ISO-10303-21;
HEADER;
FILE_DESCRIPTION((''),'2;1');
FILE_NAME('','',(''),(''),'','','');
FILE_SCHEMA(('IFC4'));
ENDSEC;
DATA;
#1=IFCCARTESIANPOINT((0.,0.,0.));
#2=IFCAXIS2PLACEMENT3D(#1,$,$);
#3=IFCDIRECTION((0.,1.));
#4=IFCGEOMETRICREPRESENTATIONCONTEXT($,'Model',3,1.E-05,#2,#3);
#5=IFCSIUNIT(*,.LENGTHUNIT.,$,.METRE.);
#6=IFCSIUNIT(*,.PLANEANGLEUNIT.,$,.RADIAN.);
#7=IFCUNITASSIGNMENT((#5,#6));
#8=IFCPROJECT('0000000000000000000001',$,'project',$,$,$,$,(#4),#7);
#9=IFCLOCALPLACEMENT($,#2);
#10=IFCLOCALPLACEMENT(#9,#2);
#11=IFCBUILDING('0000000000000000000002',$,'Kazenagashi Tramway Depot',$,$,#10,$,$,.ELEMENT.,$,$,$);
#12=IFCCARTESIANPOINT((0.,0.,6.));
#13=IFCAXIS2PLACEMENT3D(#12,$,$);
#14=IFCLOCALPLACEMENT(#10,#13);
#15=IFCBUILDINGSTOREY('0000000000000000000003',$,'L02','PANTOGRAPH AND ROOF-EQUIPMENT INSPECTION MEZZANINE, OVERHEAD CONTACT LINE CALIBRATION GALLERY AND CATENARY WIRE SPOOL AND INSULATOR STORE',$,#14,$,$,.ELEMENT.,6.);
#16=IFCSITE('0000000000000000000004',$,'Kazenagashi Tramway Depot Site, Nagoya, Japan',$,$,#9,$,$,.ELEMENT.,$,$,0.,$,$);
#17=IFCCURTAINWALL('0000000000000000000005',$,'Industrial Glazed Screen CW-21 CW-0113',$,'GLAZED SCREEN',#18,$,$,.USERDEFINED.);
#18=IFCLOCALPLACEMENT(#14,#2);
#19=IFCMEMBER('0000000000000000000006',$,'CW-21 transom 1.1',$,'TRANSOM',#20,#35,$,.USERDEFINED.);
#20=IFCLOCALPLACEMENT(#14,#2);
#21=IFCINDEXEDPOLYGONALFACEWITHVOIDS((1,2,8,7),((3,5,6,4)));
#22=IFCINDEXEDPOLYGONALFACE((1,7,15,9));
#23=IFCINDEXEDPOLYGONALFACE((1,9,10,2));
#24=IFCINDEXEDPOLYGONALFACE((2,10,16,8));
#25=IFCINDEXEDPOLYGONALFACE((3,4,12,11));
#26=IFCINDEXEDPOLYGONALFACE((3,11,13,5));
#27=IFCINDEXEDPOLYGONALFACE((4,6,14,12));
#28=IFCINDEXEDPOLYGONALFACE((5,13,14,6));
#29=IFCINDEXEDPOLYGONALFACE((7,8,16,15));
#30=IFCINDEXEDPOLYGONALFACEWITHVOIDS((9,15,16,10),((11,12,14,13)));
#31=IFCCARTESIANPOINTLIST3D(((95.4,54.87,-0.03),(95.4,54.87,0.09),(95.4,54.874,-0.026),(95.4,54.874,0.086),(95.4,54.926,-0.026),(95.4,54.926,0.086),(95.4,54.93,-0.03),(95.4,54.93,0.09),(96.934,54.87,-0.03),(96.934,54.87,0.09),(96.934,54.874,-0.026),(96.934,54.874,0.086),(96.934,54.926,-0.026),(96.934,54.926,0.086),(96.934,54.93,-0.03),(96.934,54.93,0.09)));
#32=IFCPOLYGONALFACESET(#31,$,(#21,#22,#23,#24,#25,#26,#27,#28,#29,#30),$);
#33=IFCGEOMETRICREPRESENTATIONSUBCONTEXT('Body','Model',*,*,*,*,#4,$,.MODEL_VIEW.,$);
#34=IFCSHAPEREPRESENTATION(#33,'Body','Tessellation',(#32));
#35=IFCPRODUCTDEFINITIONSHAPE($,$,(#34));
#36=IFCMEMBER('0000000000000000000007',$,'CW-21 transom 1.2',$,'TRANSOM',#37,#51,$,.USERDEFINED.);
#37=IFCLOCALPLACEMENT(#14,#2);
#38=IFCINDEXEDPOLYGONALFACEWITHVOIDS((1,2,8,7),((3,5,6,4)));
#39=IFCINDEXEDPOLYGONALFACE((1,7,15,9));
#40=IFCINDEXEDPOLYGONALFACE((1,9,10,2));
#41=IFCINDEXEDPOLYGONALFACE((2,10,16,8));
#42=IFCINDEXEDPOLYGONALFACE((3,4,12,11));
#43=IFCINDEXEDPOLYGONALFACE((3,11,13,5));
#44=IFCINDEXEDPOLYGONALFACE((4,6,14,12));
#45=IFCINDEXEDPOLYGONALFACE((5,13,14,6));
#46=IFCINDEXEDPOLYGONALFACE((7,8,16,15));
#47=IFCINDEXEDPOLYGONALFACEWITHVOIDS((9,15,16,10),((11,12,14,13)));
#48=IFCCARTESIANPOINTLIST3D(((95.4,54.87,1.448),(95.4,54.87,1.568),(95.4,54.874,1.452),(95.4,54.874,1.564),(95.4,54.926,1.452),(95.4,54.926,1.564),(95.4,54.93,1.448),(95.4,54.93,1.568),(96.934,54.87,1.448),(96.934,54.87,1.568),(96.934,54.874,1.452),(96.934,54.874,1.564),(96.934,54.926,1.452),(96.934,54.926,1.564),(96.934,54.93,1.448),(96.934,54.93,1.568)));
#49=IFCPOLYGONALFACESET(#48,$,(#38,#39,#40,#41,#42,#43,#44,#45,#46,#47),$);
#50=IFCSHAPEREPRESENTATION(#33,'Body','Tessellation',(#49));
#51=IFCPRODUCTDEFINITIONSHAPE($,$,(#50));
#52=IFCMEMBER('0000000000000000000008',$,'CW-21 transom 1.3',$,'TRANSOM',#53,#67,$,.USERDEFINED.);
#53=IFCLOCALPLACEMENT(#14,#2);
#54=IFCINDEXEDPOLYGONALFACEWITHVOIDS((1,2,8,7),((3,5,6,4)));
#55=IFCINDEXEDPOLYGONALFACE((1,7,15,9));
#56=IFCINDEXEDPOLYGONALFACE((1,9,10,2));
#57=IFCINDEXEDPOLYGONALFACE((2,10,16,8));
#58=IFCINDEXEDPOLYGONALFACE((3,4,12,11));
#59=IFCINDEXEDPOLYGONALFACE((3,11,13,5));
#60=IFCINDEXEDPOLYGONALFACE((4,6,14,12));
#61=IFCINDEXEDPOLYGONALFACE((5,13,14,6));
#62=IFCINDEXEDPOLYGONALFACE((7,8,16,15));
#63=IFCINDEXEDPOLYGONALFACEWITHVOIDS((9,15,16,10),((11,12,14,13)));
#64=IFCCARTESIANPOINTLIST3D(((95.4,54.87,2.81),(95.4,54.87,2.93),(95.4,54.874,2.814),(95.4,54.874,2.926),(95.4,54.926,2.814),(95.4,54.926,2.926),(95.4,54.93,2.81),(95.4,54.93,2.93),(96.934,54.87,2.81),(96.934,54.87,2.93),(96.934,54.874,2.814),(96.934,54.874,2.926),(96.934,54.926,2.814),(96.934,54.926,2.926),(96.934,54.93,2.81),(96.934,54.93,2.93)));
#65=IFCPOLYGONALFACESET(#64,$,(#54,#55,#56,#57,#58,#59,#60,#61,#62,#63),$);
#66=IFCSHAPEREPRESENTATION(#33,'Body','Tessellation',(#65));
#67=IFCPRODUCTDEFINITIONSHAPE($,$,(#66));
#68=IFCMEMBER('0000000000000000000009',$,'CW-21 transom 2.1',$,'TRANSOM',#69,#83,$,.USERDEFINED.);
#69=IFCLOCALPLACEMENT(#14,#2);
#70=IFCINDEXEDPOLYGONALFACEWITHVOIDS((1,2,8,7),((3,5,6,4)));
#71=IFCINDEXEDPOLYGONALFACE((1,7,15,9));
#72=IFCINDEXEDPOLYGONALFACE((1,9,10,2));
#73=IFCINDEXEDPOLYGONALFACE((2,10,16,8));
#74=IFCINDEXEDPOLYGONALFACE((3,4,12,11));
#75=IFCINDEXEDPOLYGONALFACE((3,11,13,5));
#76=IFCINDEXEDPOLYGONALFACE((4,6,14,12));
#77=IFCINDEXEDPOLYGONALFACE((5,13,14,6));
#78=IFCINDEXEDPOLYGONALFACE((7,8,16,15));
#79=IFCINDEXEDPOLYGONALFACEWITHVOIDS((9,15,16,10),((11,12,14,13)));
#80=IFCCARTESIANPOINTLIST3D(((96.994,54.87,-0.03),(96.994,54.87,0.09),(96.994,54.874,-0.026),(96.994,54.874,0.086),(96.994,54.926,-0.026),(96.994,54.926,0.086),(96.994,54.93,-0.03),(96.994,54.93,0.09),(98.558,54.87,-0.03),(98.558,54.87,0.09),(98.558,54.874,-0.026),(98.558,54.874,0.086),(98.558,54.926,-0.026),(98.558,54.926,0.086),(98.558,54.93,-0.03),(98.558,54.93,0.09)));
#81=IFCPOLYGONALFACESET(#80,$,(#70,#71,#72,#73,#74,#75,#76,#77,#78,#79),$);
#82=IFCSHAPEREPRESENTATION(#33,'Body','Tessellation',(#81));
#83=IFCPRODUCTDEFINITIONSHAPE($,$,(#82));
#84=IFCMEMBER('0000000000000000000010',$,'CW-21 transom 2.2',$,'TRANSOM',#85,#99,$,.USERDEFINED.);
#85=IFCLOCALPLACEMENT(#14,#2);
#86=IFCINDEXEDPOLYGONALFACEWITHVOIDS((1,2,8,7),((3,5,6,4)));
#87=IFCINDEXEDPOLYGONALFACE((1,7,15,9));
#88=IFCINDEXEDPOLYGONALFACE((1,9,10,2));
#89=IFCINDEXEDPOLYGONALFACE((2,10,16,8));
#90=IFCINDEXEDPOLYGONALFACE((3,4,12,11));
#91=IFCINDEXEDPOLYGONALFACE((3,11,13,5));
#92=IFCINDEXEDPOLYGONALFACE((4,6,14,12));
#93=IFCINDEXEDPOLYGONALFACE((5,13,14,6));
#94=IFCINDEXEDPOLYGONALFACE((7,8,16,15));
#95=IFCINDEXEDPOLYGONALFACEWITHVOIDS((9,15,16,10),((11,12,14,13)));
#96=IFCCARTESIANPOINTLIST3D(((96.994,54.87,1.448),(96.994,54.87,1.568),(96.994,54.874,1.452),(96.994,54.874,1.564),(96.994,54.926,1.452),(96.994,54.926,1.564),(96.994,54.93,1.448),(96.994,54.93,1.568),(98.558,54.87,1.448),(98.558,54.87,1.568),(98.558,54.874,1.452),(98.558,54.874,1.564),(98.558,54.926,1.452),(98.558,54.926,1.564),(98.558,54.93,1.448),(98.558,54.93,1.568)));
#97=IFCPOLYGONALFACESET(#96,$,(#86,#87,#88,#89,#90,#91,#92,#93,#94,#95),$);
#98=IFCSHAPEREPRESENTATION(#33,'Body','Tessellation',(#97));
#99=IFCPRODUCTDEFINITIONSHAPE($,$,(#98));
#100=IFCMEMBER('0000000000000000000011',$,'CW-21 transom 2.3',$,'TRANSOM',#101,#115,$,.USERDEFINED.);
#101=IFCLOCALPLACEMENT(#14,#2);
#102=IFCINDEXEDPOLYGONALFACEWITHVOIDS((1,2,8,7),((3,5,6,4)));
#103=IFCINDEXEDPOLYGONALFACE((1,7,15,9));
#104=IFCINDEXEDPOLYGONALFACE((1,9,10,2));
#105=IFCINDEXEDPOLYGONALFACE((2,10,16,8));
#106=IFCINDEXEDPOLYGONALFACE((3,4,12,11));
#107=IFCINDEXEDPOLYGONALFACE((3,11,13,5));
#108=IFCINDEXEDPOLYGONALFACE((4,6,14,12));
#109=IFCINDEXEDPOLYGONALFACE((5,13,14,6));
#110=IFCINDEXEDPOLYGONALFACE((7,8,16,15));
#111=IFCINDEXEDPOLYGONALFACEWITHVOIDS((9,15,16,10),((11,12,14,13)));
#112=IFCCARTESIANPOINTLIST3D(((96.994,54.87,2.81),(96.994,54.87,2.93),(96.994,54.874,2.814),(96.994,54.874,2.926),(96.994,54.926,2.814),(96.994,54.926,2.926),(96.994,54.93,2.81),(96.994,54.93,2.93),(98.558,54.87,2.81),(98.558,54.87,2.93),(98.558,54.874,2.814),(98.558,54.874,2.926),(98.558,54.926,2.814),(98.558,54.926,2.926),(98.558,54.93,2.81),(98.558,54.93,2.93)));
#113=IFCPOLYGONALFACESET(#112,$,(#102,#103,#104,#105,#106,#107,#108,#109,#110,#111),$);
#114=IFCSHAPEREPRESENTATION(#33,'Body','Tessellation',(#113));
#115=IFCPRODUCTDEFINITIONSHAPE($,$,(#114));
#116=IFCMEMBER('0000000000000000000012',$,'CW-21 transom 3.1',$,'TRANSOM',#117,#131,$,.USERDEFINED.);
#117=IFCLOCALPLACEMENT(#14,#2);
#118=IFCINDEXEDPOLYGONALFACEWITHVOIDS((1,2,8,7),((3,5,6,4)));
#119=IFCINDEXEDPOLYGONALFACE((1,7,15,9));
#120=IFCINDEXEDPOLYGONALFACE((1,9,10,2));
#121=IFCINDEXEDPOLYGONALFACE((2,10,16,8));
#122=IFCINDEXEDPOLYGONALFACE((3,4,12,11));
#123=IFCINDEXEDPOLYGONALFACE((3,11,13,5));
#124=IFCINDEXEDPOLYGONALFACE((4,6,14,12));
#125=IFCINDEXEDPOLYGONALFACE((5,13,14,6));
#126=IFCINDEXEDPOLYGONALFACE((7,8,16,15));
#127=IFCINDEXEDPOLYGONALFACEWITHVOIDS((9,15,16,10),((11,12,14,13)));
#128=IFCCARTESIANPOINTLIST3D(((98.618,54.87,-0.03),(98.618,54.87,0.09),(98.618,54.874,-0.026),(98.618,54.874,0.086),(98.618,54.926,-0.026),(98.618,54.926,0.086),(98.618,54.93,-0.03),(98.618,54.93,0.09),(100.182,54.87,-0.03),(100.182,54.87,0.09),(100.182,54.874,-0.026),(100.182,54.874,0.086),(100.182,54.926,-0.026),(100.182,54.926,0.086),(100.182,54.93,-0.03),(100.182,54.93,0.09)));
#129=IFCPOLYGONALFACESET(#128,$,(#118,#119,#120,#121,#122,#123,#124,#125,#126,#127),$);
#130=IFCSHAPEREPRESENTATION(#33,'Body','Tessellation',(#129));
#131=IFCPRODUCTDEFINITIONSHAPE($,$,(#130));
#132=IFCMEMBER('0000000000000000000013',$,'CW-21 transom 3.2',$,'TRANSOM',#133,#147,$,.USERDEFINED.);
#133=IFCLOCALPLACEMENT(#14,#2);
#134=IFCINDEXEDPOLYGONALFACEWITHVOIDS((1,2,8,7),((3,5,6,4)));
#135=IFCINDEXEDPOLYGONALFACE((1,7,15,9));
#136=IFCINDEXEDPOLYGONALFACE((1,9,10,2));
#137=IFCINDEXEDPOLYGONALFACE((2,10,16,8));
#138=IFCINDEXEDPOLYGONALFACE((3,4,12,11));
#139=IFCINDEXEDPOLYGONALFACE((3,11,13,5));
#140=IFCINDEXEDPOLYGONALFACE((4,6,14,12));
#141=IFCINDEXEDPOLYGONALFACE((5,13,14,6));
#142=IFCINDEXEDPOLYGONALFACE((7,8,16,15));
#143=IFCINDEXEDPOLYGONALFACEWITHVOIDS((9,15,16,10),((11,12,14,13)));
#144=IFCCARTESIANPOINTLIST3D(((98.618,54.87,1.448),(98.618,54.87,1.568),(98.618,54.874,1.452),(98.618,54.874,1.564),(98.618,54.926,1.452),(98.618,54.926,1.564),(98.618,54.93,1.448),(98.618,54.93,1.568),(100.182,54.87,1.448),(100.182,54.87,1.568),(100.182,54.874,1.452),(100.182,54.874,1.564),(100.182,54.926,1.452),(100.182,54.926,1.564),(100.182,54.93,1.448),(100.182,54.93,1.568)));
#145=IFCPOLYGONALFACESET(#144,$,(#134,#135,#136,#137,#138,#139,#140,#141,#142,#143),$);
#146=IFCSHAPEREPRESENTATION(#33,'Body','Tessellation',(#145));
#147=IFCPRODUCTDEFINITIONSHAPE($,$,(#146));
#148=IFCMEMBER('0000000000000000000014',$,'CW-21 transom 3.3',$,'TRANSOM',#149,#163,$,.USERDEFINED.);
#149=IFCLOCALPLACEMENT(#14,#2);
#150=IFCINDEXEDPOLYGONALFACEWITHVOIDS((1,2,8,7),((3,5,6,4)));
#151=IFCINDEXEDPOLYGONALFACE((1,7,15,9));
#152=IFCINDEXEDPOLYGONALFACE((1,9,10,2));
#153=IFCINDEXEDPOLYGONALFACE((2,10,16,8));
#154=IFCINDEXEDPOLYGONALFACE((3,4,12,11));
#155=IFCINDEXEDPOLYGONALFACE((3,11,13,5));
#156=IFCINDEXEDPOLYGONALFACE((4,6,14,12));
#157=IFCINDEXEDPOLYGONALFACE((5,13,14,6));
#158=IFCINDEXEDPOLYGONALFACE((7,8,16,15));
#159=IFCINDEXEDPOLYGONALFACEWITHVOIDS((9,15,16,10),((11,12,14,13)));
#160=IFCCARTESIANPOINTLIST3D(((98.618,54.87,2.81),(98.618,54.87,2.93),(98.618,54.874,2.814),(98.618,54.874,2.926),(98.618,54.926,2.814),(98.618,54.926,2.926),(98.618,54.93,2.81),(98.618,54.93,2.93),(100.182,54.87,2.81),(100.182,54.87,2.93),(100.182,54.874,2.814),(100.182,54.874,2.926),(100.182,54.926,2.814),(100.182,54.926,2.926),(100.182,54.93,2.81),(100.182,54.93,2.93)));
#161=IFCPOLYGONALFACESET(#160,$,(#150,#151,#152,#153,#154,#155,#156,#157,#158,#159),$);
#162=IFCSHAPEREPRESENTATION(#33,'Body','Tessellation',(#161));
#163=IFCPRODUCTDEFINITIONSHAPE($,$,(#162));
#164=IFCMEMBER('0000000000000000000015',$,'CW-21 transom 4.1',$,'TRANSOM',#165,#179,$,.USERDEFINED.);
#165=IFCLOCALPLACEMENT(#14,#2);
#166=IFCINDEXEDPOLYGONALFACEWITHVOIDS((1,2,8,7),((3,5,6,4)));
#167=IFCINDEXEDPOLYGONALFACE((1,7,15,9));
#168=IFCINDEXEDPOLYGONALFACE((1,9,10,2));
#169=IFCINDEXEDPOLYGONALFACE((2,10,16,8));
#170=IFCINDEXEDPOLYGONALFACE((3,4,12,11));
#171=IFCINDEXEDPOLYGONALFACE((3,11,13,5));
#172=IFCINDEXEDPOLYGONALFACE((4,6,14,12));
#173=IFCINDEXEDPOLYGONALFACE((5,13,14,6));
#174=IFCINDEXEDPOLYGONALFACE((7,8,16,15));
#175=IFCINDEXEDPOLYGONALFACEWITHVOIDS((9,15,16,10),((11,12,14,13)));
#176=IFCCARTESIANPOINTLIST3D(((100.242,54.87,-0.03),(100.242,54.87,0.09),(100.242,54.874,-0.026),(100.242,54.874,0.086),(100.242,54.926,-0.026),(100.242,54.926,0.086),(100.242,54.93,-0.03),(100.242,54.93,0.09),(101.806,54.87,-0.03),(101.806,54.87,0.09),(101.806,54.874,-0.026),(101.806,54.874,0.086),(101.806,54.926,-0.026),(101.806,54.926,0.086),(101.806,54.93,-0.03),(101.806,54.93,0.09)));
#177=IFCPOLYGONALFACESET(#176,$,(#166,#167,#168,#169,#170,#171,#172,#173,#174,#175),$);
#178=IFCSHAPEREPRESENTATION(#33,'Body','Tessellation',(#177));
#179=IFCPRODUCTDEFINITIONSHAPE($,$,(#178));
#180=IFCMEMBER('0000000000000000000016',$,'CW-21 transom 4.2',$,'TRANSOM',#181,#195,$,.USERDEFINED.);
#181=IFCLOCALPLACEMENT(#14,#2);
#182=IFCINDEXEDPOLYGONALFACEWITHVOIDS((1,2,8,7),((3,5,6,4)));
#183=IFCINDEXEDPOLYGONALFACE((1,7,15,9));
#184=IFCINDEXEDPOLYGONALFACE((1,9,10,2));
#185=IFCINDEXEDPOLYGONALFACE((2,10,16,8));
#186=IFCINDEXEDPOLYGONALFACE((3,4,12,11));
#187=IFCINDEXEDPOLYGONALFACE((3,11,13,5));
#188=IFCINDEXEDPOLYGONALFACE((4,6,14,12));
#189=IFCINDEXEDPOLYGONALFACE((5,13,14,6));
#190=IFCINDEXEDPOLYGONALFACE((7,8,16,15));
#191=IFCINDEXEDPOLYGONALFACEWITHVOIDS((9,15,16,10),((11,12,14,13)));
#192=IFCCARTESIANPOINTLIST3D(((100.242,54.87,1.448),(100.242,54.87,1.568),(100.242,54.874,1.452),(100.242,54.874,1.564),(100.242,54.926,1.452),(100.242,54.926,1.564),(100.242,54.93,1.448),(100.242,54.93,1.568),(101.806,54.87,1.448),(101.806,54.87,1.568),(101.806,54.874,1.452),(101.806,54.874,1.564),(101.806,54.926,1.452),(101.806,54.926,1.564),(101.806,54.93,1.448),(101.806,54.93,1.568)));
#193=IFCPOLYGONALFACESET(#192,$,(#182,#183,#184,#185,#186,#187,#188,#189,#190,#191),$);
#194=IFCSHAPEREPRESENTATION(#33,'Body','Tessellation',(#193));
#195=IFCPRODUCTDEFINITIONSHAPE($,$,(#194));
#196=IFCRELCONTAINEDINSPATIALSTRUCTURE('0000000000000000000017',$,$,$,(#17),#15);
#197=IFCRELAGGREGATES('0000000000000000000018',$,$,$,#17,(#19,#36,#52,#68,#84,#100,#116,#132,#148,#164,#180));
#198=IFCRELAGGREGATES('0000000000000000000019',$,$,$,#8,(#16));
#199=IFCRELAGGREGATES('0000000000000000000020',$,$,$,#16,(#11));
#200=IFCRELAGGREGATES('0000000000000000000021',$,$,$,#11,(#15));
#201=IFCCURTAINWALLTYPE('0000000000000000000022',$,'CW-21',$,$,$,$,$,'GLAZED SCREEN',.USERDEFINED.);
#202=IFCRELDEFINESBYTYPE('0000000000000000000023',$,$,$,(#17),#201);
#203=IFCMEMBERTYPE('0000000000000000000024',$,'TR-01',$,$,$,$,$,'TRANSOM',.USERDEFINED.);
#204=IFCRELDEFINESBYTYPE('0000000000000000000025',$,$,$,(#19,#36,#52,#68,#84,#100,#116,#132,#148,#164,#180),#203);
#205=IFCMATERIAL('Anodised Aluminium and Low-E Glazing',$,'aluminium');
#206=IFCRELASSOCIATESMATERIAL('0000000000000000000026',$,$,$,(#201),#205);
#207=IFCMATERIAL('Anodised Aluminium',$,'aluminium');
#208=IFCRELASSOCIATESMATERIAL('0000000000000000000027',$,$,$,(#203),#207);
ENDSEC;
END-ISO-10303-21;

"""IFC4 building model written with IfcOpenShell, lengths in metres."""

from ifc_helpers import new_model, si_unit, direction, frame, origin, origin_2d, place, context, subcontext, project, spatial, hollow_rectangle, extrude, material, material_profile, profile_set, type_object, element, aggregate, save


model = new_model("IFC4")

# Units and contexts
model_context = context("Model", 3, precision=1e-05, world=origin(), true_north=direction((0.0, 1.0)))
body_context = subcontext(model_context, "Body", "Model", "MODEL_VIEW")
ifc_project = project(units=[si_unit("LENGTHUNIT", "METRE"), si_unit("PLANEANGLEUNIT", "RADIAN")], contexts=[model_context])

# Site, building, storey
site_placement = place(None, origin())
site = spatial("IfcSite", under=ifc_project, at=site_placement, Name="Kazenagashi Tramway Depot Site, Nagoya, Japan", CompositionType="ELEMENT", RefElevation=0.0)
building_placement = place(site_placement, origin())
building = spatial("IfcBuilding", under=site, at=building_placement, Name="Kazenagashi Tramway Depot", CompositionType="ELEMENT")
storey_placement = place(building_placement, frame((0.0, 0.0, 6.0)))
storey = spatial("IfcBuildingStorey", under=building, at=storey_placement, Name="L02", Description="PANTOGRAPH AND ROOF-EQUIPMENT INSPECTION MEZZANINE, OVERHEAD CONTACT LINE CALIBRATION GALLERY AND CATENARY WIRE SPOOL AND INSULATOR STORE", CompositionType="ELEMENT", Elevation=6.0)

# Shared definitions
ifc_material_1 = material(Name="Anodised Aluminium and Low-E Glazing", Category="aluminium")
curtain_wall_type = type_object("IfcCurtainWallType", Name="CW-21", ElementType="GLAZED SCREEN", PredefinedType="USERDEFINED", material=ifc_material_1)
ifc_material_2 = material(Name="Anodised Aluminium", Category="aluminium")

# Curtain wall
curtain_wall_1_placement = place(storey_placement, origin())
curtain_wall_1 = element("IfcCurtainWall", 1, at=curtain_wall_1_placement, inside=storey, type_object=curtain_wall_type, Name="Industrial Glazed Screen CW-21 CW-0113", ObjectType="GLAZED SCREEN", PredefinedType="USERDEFINED")

# Members
ifc_material_profile_1 = material_profile(ifc_material_2, hollow_rectangle(XDim=0.06, YDim=0.12, WallThickness=0.004, at=origin_2d()), Name="RHS-120x60x4")
ifc_profile_set_1 = profile_set([ifc_material_profile_1], Name="Anodised Aluminium")
member_type_1 = type_object("IfcMemberType", Name="TR-01", ElementType="TRANSOM", PredefinedType="USERDEFINED", material=ifc_profile_set_1)
member_1_placement = place(storey_placement, frame((95.4, 54.9, 0.03), z_axis=(1.0, 0.0, 0.0), x_axis=(0.0, 1.0, 0.0)))
member_1 = element("IfcMember", 2, at=member_1_placement, type_object=member_type_1, Name="CW-21 transom 1.1", ObjectType="TRANSOM", PredefinedType="USERDEFINED", context=body_context, shape_type="SweptSolid", body=[
    extrude(hollow_rectangle(XDim=0.06, YDim=0.12, WallThickness=0.004, at=origin_2d()), origin(), (0.0, 0.0, 1.0), 1.534),
])
member_2_placement = place(storey_placement, frame((95.4, 54.9, 1.508), z_axis=(1.0, 0.0, 0.0), x_axis=(0.0, 1.0, 0.0)))
member_2 = element("IfcMember", 3, at=member_2_placement, type_object=member_type_1, Name="CW-21 transom 1.2", ObjectType="TRANSOM", PredefinedType="USERDEFINED", context=body_context, shape_type="SweptSolid", body=[
    extrude(hollow_rectangle(XDim=0.06, YDim=0.12, WallThickness=0.004, at=origin_2d()), origin(), (0.0, 0.0, 1.0), 1.534),
])
member_3_placement = place(storey_placement, frame((95.4, 54.9, 2.87), z_axis=(1.0, 0.0, 0.0), x_axis=(0.0, 1.0, 0.0)))
member_3 = element("IfcMember", 4, at=member_3_placement, type_object=member_type_1, Name="CW-21 transom 1.3", ObjectType="TRANSOM", PredefinedType="USERDEFINED", context=body_context, shape_type="SweptSolid", body=[
    extrude(hollow_rectangle(XDim=0.06, YDim=0.12, WallThickness=0.004, at=origin_2d()), origin(), (0.0, 0.0, 1.0), 1.534),
])
member_4_placement = place(storey_placement, frame((96.994, 54.9, 0.03), z_axis=(1.0, 0.0, 0.0), x_axis=(0.0, 1.0, 0.0)))
member_4 = element("IfcMember", 5, at=member_4_placement, type_object=member_type_1, Name="CW-21 transom 2.1", ObjectType="TRANSOM", PredefinedType="USERDEFINED", context=body_context, shape_type="SweptSolid", body=[
    extrude(hollow_rectangle(XDim=0.06, YDim=0.12, WallThickness=0.004, at=origin_2d()), origin(), (0.0, 0.0, 1.0), 1.564),
])
member_5_placement = place(storey_placement, frame((96.994, 54.9, 1.508), z_axis=(1.0, 0.0, 0.0), x_axis=(0.0, 1.0, 0.0)))
member_5 = element("IfcMember", 6, at=member_5_placement, type_object=member_type_1, Name="CW-21 transom 2.2", ObjectType="TRANSOM", PredefinedType="USERDEFINED", context=body_context, shape_type="SweptSolid", body=[
    extrude(hollow_rectangle(XDim=0.06, YDim=0.12, WallThickness=0.004, at=origin_2d()), origin(), (0.0, 0.0, 1.0), 1.564),
])
member_6_placement = place(storey_placement, frame((96.994, 54.9, 2.87), z_axis=(1.0, 0.0, 0.0), x_axis=(0.0, 1.0, 0.0)))
member_6 = element("IfcMember", 7, at=member_6_placement, type_object=member_type_1, Name="CW-21 transom 2.3", ObjectType="TRANSOM", PredefinedType="USERDEFINED", context=body_context, shape_type="SweptSolid", body=[
    extrude(hollow_rectangle(XDim=0.06, YDim=0.12, WallThickness=0.004, at=origin_2d()), origin(), (0.0, 0.0, 1.0), 1.564),
])
member_7_placement = place(storey_placement, frame((98.618, 54.9, 0.03), z_axis=(1.0, 0.0, 0.0), x_axis=(0.0, 1.0, 0.0)))
member_7 = element("IfcMember", 8, at=member_7_placement, type_object=member_type_1, Name="CW-21 transom 3.1", ObjectType="TRANSOM", PredefinedType="USERDEFINED", context=body_context, shape_type="SweptSolid", body=[
    extrude(hollow_rectangle(XDim=0.06, YDim=0.12, WallThickness=0.004, at=origin_2d()), origin(), (0.0, 0.0, 1.0), 1.564),
])
member_8_placement = place(storey_placement, frame((98.618, 54.9, 1.508), z_axis=(1.0, 0.0, 0.0), x_axis=(0.0, 1.0, 0.0)))
member_8 = element("IfcMember", 9, at=member_8_placement, type_object=member_type_1, Name="CW-21 transom 3.2", ObjectType="TRANSOM", PredefinedType="USERDEFINED", context=body_context, shape_type="SweptSolid", body=[
    extrude(hollow_rectangle(XDim=0.06, YDim=0.12, WallThickness=0.004, at=origin_2d()), origin(), (0.0, 0.0, 1.0), 1.564),
])
member_9_placement = place(storey_placement, frame((98.618, 54.9, 2.87), z_axis=(1.0, 0.0, 0.0), x_axis=(0.0, 1.0, 0.0)))
member_9 = element("IfcMember", 10, at=member_9_placement, type_object=member_type_1, Name="CW-21 transom 3.3", ObjectType="TRANSOM", PredefinedType="USERDEFINED", context=body_context, shape_type="SweptSolid", body=[
    extrude(hollow_rectangle(XDim=0.06, YDim=0.12, WallThickness=0.004, at=origin_2d()), origin(), (0.0, 0.0, 1.0), 1.564),
])
member_10_placement = place(storey_placement, frame((100.242, 54.9, 0.03), z_axis=(1.0, 0.0, 0.0), x_axis=(0.0, 1.0, 0.0)))
member_10 = element("IfcMember", 11, at=member_10_placement, type_object=member_type_1, Name="CW-21 transom 4.1", ObjectType="TRANSOM", PredefinedType="USERDEFINED", context=body_context, shape_type="SweptSolid", body=[
    extrude(hollow_rectangle(XDim=0.06, YDim=0.12, WallThickness=0.004, at=origin_2d()), origin(), (0.0, 0.0, 1.0), 1.564),
])
member_11_placement = place(storey_placement, frame((100.242, 54.9, 1.508), z_axis=(1.0, 0.0, 0.0), x_axis=(0.0, 1.0, 0.0)))
member_11 = element("IfcMember", 12, at=member_11_placement, type_object=member_type_1, Name="CW-21 transom 4.2", ObjectType="TRANSOM", PredefinedType="USERDEFINED", context=body_context, shape_type="SweptSolid", body=[
    extrude(hollow_rectangle(XDim=0.06, YDim=0.12, WallThickness=0.004, at=origin_2d()), origin(), (0.0, 0.0, 1.0), 1.564),
])

aggregate(curtain_wall_1, [member_1, member_2, member_3, member_4, member_5, member_6, member_7, member_8, member_9, member_10, member_11])

save(model, "model.ifc")
